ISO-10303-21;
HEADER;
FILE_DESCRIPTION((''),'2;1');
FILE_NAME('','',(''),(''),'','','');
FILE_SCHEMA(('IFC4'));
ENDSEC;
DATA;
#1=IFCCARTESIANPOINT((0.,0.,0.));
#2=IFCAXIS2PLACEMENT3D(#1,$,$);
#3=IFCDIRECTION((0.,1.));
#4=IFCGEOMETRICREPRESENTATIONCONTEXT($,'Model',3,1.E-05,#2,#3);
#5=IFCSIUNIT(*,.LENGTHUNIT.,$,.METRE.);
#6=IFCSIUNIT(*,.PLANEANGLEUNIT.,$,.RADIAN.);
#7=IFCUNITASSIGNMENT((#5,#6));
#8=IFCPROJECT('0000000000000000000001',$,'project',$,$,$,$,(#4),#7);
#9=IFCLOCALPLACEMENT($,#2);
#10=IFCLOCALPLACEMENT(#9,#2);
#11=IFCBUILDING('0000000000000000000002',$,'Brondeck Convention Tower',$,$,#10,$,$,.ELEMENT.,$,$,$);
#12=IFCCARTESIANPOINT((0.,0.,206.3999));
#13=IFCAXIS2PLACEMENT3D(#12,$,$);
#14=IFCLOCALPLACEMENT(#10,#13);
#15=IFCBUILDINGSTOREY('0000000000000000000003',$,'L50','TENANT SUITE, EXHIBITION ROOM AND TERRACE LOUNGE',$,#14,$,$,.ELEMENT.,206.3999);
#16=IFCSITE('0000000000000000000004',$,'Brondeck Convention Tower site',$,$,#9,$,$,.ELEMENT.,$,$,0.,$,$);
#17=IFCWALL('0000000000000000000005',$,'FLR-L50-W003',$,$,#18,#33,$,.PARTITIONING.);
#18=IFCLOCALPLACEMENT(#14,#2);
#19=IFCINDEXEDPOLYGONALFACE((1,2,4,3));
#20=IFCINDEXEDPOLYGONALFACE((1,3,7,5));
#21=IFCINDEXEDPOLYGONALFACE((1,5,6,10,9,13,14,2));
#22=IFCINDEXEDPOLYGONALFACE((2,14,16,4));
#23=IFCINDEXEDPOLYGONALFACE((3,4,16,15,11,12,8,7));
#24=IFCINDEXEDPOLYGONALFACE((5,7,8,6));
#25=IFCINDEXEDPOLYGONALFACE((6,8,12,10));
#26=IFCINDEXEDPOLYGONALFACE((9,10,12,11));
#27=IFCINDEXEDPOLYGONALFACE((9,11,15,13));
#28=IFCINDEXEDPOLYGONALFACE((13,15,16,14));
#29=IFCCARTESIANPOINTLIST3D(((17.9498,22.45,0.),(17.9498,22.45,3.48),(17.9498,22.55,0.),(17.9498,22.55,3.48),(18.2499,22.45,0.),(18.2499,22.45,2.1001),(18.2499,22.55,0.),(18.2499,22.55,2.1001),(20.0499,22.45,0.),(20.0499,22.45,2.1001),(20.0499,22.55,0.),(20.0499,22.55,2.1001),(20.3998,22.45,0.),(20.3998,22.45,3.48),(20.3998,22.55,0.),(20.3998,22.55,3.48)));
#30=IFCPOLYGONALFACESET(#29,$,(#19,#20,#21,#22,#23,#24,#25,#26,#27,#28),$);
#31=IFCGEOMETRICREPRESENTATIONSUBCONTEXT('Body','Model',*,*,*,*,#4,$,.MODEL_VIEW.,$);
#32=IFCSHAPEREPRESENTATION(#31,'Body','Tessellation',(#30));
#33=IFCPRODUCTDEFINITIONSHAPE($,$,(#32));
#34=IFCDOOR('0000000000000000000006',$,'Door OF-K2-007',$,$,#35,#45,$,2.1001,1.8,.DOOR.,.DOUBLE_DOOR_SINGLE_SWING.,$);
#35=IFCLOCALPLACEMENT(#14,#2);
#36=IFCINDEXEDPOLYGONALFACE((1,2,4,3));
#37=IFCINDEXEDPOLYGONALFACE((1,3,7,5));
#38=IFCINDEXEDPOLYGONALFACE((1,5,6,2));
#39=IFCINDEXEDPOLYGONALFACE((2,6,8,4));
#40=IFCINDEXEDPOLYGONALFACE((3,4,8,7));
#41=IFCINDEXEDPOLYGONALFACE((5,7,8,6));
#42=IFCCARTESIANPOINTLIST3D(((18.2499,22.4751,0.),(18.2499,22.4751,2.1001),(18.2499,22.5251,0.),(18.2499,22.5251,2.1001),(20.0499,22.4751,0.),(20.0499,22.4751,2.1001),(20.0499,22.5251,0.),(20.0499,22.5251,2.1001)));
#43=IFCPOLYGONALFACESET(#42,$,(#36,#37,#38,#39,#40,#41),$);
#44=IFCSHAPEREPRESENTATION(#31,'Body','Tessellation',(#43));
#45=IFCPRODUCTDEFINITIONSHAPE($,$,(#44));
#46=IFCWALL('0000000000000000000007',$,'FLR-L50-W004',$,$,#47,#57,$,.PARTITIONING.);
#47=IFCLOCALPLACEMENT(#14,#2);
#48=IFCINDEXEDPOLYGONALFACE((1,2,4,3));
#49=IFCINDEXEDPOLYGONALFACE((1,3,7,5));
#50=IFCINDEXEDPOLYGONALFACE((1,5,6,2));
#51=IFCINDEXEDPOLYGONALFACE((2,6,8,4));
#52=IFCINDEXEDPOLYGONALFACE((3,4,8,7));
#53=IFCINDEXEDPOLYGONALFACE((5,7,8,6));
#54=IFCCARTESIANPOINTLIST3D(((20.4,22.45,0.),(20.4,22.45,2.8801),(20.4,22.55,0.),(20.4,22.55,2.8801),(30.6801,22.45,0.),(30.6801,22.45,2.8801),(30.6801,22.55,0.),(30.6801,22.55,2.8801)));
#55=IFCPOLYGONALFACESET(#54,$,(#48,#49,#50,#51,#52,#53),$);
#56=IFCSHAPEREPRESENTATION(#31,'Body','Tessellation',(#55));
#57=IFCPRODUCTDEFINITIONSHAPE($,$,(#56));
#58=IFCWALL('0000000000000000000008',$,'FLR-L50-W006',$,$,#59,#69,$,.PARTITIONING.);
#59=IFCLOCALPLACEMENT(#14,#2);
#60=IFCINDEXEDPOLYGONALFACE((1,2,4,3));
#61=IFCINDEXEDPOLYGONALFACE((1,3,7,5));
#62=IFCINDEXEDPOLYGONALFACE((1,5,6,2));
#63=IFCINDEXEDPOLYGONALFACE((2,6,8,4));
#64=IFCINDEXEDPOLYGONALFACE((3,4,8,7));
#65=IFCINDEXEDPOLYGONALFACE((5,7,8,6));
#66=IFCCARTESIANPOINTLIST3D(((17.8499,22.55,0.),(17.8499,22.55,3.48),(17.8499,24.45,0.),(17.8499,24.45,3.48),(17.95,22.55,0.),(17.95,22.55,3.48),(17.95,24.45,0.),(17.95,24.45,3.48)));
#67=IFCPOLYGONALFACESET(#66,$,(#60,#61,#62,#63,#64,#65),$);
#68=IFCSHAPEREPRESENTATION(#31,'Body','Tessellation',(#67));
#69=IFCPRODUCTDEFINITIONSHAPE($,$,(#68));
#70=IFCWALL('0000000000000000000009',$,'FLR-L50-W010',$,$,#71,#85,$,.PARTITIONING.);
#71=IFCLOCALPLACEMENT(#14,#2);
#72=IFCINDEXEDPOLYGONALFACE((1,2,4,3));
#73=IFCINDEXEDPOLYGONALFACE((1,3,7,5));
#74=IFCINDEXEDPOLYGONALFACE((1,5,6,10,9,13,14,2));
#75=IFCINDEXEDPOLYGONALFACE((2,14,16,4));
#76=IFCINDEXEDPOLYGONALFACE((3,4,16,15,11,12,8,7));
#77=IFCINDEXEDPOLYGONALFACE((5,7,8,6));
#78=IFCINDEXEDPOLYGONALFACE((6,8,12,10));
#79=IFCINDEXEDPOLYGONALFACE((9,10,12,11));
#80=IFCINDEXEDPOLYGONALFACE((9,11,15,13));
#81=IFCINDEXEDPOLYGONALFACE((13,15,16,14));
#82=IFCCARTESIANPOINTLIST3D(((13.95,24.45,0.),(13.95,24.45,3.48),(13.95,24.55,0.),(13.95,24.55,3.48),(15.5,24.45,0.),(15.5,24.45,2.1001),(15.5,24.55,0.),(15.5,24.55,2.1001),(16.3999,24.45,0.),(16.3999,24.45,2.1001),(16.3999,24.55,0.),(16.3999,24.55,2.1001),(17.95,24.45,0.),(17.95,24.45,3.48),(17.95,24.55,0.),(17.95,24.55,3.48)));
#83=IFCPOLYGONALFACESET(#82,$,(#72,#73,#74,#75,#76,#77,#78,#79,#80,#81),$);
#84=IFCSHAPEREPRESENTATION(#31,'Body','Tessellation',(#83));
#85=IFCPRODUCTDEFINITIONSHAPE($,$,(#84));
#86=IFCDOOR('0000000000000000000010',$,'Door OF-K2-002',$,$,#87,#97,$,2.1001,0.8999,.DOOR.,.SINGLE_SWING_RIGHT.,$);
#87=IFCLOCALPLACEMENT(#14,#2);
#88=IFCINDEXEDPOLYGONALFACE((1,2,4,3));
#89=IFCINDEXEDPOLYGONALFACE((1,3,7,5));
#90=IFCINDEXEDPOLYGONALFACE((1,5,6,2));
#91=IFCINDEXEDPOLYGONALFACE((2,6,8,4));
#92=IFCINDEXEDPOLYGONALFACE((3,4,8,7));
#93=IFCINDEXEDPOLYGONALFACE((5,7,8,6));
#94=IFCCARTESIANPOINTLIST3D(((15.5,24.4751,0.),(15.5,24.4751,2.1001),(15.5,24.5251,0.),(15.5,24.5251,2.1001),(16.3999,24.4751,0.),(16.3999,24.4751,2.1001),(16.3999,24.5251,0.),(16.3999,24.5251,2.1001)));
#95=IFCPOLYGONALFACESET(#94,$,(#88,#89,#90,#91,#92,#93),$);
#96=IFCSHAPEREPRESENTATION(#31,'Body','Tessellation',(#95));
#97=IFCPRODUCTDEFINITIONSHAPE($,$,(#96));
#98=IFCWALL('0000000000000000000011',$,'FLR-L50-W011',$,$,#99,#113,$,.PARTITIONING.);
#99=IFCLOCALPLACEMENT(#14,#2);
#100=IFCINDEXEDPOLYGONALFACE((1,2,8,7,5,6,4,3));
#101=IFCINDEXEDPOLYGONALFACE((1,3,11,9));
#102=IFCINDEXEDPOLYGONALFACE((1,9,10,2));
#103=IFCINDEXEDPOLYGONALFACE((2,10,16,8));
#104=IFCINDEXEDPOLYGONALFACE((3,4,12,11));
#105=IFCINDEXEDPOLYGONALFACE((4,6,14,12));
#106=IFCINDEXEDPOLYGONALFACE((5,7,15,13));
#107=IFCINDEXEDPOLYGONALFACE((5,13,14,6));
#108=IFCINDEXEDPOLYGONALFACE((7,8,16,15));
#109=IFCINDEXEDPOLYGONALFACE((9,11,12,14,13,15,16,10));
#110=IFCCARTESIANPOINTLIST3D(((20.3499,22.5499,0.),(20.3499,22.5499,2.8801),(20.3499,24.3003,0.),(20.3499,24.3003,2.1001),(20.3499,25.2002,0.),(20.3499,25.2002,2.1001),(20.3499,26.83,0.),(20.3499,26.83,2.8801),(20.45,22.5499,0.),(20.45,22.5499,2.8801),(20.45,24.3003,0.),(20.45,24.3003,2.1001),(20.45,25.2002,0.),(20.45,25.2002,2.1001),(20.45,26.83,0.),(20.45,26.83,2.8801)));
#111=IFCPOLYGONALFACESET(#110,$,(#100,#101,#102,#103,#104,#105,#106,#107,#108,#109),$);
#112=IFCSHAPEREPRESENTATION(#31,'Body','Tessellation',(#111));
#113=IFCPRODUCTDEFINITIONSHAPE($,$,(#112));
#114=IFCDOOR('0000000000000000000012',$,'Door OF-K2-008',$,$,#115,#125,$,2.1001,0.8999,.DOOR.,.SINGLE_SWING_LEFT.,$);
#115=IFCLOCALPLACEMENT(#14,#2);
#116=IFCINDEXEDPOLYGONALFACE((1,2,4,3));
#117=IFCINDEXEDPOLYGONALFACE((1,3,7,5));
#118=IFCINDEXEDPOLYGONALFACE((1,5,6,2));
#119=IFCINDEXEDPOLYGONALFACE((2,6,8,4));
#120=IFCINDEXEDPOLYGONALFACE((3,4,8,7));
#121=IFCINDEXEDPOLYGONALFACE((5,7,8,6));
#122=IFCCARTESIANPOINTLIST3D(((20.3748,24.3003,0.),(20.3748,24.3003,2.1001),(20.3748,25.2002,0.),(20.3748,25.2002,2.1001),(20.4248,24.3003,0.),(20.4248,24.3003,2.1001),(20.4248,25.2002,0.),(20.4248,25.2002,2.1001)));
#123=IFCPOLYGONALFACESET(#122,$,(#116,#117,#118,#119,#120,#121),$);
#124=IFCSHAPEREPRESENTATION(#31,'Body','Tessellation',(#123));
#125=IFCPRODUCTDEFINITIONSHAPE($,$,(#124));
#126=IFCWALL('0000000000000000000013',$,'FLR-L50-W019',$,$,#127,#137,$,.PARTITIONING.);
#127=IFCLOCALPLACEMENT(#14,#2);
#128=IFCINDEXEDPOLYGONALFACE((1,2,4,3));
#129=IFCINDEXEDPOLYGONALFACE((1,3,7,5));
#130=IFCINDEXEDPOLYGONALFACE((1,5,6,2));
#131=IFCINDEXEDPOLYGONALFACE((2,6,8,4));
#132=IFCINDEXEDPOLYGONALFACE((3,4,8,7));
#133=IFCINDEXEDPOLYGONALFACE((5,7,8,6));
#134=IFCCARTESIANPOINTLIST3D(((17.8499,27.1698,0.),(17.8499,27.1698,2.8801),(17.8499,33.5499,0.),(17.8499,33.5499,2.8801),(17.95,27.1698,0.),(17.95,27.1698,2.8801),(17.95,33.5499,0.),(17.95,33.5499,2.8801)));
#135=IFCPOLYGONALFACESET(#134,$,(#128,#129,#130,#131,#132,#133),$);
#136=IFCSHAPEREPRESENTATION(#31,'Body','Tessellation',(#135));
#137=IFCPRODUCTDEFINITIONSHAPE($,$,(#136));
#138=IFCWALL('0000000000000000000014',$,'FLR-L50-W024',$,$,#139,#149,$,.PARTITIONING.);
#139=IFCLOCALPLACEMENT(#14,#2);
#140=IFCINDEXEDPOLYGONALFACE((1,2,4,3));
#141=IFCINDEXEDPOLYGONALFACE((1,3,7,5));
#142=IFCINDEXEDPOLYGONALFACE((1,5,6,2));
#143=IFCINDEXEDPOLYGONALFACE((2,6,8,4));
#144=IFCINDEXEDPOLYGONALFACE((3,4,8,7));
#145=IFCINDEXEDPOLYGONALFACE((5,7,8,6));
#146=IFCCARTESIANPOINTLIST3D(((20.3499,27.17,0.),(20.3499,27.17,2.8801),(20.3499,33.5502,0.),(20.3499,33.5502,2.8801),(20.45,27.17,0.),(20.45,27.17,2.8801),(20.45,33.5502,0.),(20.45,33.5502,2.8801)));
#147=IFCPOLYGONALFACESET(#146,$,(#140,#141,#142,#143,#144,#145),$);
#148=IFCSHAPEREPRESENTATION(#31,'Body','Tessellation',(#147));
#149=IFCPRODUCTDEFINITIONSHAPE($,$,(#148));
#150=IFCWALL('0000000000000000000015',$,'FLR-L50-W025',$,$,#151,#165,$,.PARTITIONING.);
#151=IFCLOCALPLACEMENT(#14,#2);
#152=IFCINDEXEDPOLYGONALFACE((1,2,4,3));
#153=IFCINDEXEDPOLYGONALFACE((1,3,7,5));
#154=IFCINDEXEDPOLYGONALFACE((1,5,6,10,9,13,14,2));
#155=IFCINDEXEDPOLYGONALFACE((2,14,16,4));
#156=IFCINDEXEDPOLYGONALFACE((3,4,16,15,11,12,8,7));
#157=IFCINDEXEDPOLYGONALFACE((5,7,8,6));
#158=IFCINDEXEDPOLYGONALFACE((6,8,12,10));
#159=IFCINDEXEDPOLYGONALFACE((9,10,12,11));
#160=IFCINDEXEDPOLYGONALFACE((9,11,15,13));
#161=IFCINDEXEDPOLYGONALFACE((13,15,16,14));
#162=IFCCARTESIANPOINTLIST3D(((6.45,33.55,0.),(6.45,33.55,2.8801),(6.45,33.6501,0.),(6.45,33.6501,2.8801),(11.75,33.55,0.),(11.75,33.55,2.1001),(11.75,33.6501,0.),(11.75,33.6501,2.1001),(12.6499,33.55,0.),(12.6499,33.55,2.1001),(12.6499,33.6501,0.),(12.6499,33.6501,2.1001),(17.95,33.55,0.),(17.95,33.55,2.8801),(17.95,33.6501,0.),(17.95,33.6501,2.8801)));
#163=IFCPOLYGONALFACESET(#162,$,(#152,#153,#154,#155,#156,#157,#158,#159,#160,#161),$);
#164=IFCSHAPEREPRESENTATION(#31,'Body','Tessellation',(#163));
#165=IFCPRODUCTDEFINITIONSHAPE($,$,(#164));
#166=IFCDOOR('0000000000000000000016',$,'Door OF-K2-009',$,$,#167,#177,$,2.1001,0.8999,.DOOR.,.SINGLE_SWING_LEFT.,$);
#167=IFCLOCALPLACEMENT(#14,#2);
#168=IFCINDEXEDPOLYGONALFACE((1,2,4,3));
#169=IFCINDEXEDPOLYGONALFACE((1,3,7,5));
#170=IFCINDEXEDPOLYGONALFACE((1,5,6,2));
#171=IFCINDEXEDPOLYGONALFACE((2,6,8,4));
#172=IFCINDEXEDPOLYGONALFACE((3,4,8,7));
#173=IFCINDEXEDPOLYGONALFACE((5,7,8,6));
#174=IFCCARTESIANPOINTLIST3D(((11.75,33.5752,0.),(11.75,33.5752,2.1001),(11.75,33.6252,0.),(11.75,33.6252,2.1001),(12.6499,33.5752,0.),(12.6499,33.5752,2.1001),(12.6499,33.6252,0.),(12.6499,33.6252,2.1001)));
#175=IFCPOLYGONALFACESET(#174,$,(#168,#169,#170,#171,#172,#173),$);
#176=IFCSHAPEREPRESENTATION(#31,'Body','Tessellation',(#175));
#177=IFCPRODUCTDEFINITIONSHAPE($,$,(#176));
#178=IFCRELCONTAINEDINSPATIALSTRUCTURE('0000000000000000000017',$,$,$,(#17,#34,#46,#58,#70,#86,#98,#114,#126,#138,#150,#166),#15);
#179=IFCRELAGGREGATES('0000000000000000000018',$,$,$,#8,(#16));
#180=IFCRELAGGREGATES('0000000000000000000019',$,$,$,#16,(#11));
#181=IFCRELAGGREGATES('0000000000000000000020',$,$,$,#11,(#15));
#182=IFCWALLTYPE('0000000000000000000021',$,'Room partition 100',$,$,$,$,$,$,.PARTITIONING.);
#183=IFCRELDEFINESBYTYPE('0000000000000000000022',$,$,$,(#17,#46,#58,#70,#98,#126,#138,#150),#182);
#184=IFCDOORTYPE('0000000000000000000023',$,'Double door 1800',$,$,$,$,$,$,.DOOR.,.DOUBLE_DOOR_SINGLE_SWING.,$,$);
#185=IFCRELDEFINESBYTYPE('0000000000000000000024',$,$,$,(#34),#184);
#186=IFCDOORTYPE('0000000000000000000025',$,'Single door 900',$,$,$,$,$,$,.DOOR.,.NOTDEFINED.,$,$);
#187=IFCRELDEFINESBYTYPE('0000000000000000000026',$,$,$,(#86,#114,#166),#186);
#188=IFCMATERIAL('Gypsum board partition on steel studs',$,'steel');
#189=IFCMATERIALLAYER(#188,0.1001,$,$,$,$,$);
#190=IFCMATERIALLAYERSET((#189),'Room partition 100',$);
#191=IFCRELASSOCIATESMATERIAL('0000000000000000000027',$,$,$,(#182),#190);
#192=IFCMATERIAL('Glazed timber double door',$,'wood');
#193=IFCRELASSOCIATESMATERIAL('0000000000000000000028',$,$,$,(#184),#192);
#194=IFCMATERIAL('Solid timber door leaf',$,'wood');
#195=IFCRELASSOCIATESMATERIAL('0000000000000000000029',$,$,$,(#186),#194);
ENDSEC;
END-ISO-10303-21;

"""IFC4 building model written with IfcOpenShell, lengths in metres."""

from ifc_helpers import new_model, si_unit, direction, frame, frame_2d, origin, place, context, subcontext, project, spatial, rectangle, extrude, material, layer, layer_set, type_object, element, fill, save


model = new_model("IFC4")

# Units and contexts
model_context = context("Model", 3, precision=1e-05, world=origin(), true_north=direction((0.0, 1.0)))
body_context = subcontext(model_context, "Body", "Model", "MODEL_VIEW")
ifc_project = project(units=[si_unit("LENGTHUNIT", "METRE"), si_unit("PLANEANGLEUNIT", "RADIAN")], contexts=[model_context])

# Site, building, storey
site_placement = place(None, origin())
site = spatial("IfcSite", under=ifc_project, at=site_placement, Name="Brondeck Convention Tower site", CompositionType="ELEMENT", RefElevation=0.0)
building_placement = place(site_placement, origin())
building = spatial("IfcBuilding", under=site, at=building_placement, Name="Brondeck Convention Tower", CompositionType="ELEMENT")
storey_placement = place(building_placement, frame((0.0, 0.0, 206.3999)))
storey = spatial("IfcBuildingStorey", under=building, at=storey_placement, Name="L50", Description="TENANT SUITE, EXHIBITION ROOM AND TERRACE LOUNGE", CompositionType="ELEMENT", Elevation=206.3999)

# Shared definitions
ifc_material_1 = material(Name="Gypsum board partition on steel studs", Category="steel")
ifc_layer_1 = layer(ifc_material_1, 0.1001)
ifc_layer_set_1 = layer_set([ifc_layer_1], Name="Room partition 100")
wall_type_1 = type_object("IfcWallType", Name="Room partition 100", PredefinedType="PARTITIONING", material=ifc_layer_set_1)

# Wall, opening, door
wall_1_placement = place(storey_placement, frame((20.3999, 22.5, 0.0), z_axis=(0.0, 0.0, 1.0), x_axis=(-1.0, 0.0, 0.0)))
wall_1 = element("IfcWall", 1, at=wall_1_placement, inside=storey, type_object=wall_type_1, Name="FLR-L50-W003", PredefinedType="PARTITIONING", context=body_context, shape_type="SweptSolid", body=[
    extrude(rectangle(XDim=2.45, YDim=0.1001, at=frame_2d((1.2251, 0.0))), origin(), (0.0, 0.0, 1.0), 3.48),
])
opening_1_placement = place(wall_1_placement, frame((0.3501, 0.0, 0.0)))
opening_1 = element("IfcOpeningElement", 2, at=opening_1_placement, cuts=wall_1, PredefinedType="OPENING", context=body_context, shape_type="SweptSolid", body=[
    extrude(rectangle(XDim=1.8, YDim=2.1001, at=frame_2d((0.8999, 1.05))), frame((0.0, 0.0601, 0.0), z_axis=(0.0, -1.0, 0.0), x_axis=(1.0, 0.0, 0.0)), (0.0, 0.0, 1.0), 0.1201),
])
ifc_material_2 = material(Name="Glazed timber double door", Category="wood")
door_type_1 = type_object("IfcDoorType", Name="Double door 1800", OperationType="DOUBLE_DOOR_SINGLE_SWING", PredefinedType="DOOR", material=ifc_material_2)
door_1_placement = place(opening_1_placement, origin())
door_1 = element("IfcDoor", 3, at=door_1_placement, inside=storey, type_object=door_type_1, Name="Door OF-K2-007", OperationType="DOUBLE_DOOR_SINGLE_SWING", OverallHeight=2.1001, OverallWidth=1.8, PredefinedType="DOOR", context=body_context, shape_type="SweptSolid", body=[
    extrude(rectangle(XDim=1.8, YDim=2.1001, at=frame_2d((0.8999, 1.05))), frame((0.0, 0.0249, 0.0), z_axis=(0.0, -1.0, 0.0), x_axis=(1.0, 0.0, 0.0)), (0.0, 0.0, 1.0), 0.05),
])
fill(opening_1, door_1)

# Walls
wall_2_placement = place(storey_placement, frame((20.3999, 22.5, 0.0), z_axis=(0.0, 0.0, 1.0), x_axis=(1.0, 0.0, 0.0)))
element("IfcWall", 4, at=wall_2_placement, inside=storey, type_object=wall_type_1, Name="FLR-L50-W004", PredefinedType="PARTITIONING", context=body_context, shape_type="SweptSolid", body=[
    extrude(rectangle(XDim=10.28, YDim=0.1001, at=frame_2d((5.1401, 0.0))), origin(), (0.0, 0.0, 1.0), 2.8801),
])
wall_3_placement = place(storey_placement, frame((17.8999, 22.55, 0.0), z_axis=(0.0, 0.0, 1.0), x_axis=(0.0, 1.0, 0.0)))
element("IfcWall", 5, at=wall_3_placement, inside=storey, type_object=wall_type_1, Name="FLR-L50-W006", PredefinedType="PARTITIONING", context=body_context, shape_type="SweptSolid", body=[
    extrude(rectangle(XDim=1.8999, YDim=0.1001, at=frame_2d((0.95, 0.0))), origin(), (0.0, 0.0, 1.0), 3.48),
])

# Walls, openings, doors
wall_4_placement = place(storey_placement, frame((17.95, 24.5, 0.0), z_axis=(0.0, 0.0, 1.0), x_axis=(-1.0, 0.0, 0.0)))
wall_4 = element("IfcWall", 6, at=wall_4_placement, inside=storey, type_object=wall_type_1, Name="FLR-L50-W010", PredefinedType="PARTITIONING", context=body_context, shape_type="SweptSolid", body=[
    extrude(rectangle(XDim=4.0, YDim=0.1001, at=frame_2d((2.0, 0.0))), origin(), (0.0, 0.0, 1.0), 3.48),
])
opening_2_placement = place(wall_4_placement, frame((1.55, 0.0, 0.0)))
opening_2 = element("IfcOpeningElement", 7, at=opening_2_placement, cuts=wall_4, PredefinedType="OPENING", context=body_context, shape_type="SweptSolid", body=[
    extrude(rectangle(XDim=0.8999, YDim=2.1001, at=frame_2d((0.45, 1.05))), frame((0.0, 0.0601, 0.0), z_axis=(0.0, -1.0, 0.0), x_axis=(1.0, 0.0, 0.0)), (0.0, 0.0, 1.0), 0.1201),
])
ifc_material_3 = material(Name="Solid timber door leaf", Category="wood")
door_type_2 = type_object("IfcDoorType", Name="Single door 900", OperationType="NOTDEFINED", PredefinedType="DOOR", material=ifc_material_3)
door_2_placement = place(opening_2_placement, origin())
door_2 = element("IfcDoor", 8, at=door_2_placement, inside=storey, type_object=door_type_2, Name="Door OF-K2-002", OperationType="SINGLE_SWING_RIGHT", OverallHeight=2.1001, OverallWidth=0.8999, PredefinedType="DOOR", context=body_context, shape_type="SweptSolid", body=[
    extrude(rectangle(XDim=0.8999, YDim=2.1001, at=frame_2d((0.45, 1.05))), frame((0.0, 0.0249, 0.0), z_axis=(0.0, -1.0, 0.0), x_axis=(1.0, 0.0, 0.0)), (0.0, 0.0, 1.0), 0.05),
])
fill(opening_2, door_2)
wall_5_placement = place(storey_placement, frame((20.3999, 26.8301, 0.0), z_axis=(0.0, 0.0, 1.0), x_axis=(0.0, -1.0, 0.0)))
wall_5 = element("IfcWall", 9, at=wall_5_placement, inside=storey, type_object=wall_type_1, Name="FLR-L50-W011", PredefinedType="PARTITIONING", context=body_context, shape_type="SweptSolid", body=[
    extrude(rectangle(XDim=4.28, YDim=0.1001, at=frame_2d((2.1401, 0.0))), origin(), (0.0, 0.0, 1.0), 2.8801),
])
opening_3_placement = place(wall_5_placement, frame((1.6299, 0.0, 0.0)))
opening_3 = element("IfcOpeningElement", 10, at=opening_3_placement, cuts=wall_5, PredefinedType="OPENING", context=body_context, shape_type="SweptSolid", body=[
    extrude(rectangle(XDim=0.8999, YDim=2.1001, at=frame_2d((0.45, 1.05))), frame((0.0, 0.0601, 0.0), z_axis=(0.0, -1.0, 0.0), x_axis=(1.0, 0.0, 0.0)), (0.0, 0.0, 1.0), 0.1201),
])
door_3_placement = place(opening_3_placement, origin())
door_3 = element("IfcDoor", 11, at=door_3_placement, inside=storey, type_object=door_type_2, Name="Door OF-K2-008", OperationType="SINGLE_SWING_LEFT", OverallHeight=2.1001, OverallWidth=0.8999, PredefinedType="DOOR", context=body_context, shape_type="SweptSolid", body=[
    extrude(rectangle(XDim=0.8999, YDim=2.1001, at=frame_2d((0.45, 1.05))), frame((0.0, 0.0249, 0.0), z_axis=(0.0, -1.0, 0.0), x_axis=(1.0, 0.0, 0.0)), (0.0, 0.0, 1.0), 0.05),
])
fill(opening_3, door_3)

# Walls
for number, where, z_axis, x_axis, name in (
    (12, (17.8999, 27.1699, 0.0), (0.0, 0.0, 1.0), (0.0, 1.0, 0.0), "FLR-L50-W019"),
    (13, (20.3999, 33.55, 0.0), (0.0, 0.0, 1.0), (0.0, -1.0, 0.0), "FLR-L50-W024"),
):
    element("IfcWall", number, at=place(storey_placement, frame(where, z_axis=z_axis, x_axis=x_axis)), inside=storey, type_object=wall_type_1, Name=name, PredefinedType="PARTITIONING", context=body_context, shape_type="SweptSolid", body=[
        extrude(rectangle(XDim=6.3801, YDim=0.1001, at=frame_2d((3.1899, 0.0))), origin(), (0.0, 0.0, 1.0), 2.8801),
    ])

# Wall, opening, door
wall_6_placement = place(storey_placement, frame((17.95, 33.6001, 0.0), z_axis=(0.0, 0.0, 1.0), x_axis=(-1.0, 0.0, 0.0)))
wall_6 = element("IfcWall", 14, at=wall_6_placement, inside=storey, type_object=wall_type_1, Name="FLR-L50-W025", PredefinedType="PARTITIONING", context=body_context, shape_type="SweptSolid", body=[
    extrude(rectangle(XDim=11.5, YDim=0.1001, at=frame_2d((5.75, 0.0))), origin(), (0.0, 0.0, 1.0), 2.8801),
])
opening_4_placement = place(wall_6_placement, frame((5.3, 0.0, 0.0)))
opening_4 = element("IfcOpeningElement", 15, at=opening_4_placement, cuts=wall_6, PredefinedType="OPENING", context=body_context, shape_type="SweptSolid", body=[
    extrude(rectangle(XDim=0.8999, YDim=2.1001, at=frame_2d((0.45, 1.05))), frame((0.0, 0.0601, 0.0), z_axis=(0.0, -1.0, 0.0), x_axis=(1.0, 0.0, 0.0)), (0.0, 0.0, 1.0), 0.1201),
])
door_4_placement = place(opening_4_placement, origin())
door_4 = element("IfcDoor", 16, at=door_4_placement, inside=storey, type_object=door_type_2, Name="Door OF-K2-009", OperationType="SINGLE_SWING_LEFT", OverallHeight=2.1001, OverallWidth=0.8999, PredefinedType="DOOR", context=body_context, shape_type="SweptSolid", body=[
    extrude(rectangle(XDim=0.8999, YDim=2.1001, at=frame_2d((0.45, 1.05))), frame((0.0, 0.0249, 0.0), z_axis=(0.0, -1.0, 0.0), x_axis=(1.0, 0.0, 0.0)), (0.0, 0.0, 1.0), 0.05),
])
fill(opening_4, door_4)

save(model, "model.ifc")
